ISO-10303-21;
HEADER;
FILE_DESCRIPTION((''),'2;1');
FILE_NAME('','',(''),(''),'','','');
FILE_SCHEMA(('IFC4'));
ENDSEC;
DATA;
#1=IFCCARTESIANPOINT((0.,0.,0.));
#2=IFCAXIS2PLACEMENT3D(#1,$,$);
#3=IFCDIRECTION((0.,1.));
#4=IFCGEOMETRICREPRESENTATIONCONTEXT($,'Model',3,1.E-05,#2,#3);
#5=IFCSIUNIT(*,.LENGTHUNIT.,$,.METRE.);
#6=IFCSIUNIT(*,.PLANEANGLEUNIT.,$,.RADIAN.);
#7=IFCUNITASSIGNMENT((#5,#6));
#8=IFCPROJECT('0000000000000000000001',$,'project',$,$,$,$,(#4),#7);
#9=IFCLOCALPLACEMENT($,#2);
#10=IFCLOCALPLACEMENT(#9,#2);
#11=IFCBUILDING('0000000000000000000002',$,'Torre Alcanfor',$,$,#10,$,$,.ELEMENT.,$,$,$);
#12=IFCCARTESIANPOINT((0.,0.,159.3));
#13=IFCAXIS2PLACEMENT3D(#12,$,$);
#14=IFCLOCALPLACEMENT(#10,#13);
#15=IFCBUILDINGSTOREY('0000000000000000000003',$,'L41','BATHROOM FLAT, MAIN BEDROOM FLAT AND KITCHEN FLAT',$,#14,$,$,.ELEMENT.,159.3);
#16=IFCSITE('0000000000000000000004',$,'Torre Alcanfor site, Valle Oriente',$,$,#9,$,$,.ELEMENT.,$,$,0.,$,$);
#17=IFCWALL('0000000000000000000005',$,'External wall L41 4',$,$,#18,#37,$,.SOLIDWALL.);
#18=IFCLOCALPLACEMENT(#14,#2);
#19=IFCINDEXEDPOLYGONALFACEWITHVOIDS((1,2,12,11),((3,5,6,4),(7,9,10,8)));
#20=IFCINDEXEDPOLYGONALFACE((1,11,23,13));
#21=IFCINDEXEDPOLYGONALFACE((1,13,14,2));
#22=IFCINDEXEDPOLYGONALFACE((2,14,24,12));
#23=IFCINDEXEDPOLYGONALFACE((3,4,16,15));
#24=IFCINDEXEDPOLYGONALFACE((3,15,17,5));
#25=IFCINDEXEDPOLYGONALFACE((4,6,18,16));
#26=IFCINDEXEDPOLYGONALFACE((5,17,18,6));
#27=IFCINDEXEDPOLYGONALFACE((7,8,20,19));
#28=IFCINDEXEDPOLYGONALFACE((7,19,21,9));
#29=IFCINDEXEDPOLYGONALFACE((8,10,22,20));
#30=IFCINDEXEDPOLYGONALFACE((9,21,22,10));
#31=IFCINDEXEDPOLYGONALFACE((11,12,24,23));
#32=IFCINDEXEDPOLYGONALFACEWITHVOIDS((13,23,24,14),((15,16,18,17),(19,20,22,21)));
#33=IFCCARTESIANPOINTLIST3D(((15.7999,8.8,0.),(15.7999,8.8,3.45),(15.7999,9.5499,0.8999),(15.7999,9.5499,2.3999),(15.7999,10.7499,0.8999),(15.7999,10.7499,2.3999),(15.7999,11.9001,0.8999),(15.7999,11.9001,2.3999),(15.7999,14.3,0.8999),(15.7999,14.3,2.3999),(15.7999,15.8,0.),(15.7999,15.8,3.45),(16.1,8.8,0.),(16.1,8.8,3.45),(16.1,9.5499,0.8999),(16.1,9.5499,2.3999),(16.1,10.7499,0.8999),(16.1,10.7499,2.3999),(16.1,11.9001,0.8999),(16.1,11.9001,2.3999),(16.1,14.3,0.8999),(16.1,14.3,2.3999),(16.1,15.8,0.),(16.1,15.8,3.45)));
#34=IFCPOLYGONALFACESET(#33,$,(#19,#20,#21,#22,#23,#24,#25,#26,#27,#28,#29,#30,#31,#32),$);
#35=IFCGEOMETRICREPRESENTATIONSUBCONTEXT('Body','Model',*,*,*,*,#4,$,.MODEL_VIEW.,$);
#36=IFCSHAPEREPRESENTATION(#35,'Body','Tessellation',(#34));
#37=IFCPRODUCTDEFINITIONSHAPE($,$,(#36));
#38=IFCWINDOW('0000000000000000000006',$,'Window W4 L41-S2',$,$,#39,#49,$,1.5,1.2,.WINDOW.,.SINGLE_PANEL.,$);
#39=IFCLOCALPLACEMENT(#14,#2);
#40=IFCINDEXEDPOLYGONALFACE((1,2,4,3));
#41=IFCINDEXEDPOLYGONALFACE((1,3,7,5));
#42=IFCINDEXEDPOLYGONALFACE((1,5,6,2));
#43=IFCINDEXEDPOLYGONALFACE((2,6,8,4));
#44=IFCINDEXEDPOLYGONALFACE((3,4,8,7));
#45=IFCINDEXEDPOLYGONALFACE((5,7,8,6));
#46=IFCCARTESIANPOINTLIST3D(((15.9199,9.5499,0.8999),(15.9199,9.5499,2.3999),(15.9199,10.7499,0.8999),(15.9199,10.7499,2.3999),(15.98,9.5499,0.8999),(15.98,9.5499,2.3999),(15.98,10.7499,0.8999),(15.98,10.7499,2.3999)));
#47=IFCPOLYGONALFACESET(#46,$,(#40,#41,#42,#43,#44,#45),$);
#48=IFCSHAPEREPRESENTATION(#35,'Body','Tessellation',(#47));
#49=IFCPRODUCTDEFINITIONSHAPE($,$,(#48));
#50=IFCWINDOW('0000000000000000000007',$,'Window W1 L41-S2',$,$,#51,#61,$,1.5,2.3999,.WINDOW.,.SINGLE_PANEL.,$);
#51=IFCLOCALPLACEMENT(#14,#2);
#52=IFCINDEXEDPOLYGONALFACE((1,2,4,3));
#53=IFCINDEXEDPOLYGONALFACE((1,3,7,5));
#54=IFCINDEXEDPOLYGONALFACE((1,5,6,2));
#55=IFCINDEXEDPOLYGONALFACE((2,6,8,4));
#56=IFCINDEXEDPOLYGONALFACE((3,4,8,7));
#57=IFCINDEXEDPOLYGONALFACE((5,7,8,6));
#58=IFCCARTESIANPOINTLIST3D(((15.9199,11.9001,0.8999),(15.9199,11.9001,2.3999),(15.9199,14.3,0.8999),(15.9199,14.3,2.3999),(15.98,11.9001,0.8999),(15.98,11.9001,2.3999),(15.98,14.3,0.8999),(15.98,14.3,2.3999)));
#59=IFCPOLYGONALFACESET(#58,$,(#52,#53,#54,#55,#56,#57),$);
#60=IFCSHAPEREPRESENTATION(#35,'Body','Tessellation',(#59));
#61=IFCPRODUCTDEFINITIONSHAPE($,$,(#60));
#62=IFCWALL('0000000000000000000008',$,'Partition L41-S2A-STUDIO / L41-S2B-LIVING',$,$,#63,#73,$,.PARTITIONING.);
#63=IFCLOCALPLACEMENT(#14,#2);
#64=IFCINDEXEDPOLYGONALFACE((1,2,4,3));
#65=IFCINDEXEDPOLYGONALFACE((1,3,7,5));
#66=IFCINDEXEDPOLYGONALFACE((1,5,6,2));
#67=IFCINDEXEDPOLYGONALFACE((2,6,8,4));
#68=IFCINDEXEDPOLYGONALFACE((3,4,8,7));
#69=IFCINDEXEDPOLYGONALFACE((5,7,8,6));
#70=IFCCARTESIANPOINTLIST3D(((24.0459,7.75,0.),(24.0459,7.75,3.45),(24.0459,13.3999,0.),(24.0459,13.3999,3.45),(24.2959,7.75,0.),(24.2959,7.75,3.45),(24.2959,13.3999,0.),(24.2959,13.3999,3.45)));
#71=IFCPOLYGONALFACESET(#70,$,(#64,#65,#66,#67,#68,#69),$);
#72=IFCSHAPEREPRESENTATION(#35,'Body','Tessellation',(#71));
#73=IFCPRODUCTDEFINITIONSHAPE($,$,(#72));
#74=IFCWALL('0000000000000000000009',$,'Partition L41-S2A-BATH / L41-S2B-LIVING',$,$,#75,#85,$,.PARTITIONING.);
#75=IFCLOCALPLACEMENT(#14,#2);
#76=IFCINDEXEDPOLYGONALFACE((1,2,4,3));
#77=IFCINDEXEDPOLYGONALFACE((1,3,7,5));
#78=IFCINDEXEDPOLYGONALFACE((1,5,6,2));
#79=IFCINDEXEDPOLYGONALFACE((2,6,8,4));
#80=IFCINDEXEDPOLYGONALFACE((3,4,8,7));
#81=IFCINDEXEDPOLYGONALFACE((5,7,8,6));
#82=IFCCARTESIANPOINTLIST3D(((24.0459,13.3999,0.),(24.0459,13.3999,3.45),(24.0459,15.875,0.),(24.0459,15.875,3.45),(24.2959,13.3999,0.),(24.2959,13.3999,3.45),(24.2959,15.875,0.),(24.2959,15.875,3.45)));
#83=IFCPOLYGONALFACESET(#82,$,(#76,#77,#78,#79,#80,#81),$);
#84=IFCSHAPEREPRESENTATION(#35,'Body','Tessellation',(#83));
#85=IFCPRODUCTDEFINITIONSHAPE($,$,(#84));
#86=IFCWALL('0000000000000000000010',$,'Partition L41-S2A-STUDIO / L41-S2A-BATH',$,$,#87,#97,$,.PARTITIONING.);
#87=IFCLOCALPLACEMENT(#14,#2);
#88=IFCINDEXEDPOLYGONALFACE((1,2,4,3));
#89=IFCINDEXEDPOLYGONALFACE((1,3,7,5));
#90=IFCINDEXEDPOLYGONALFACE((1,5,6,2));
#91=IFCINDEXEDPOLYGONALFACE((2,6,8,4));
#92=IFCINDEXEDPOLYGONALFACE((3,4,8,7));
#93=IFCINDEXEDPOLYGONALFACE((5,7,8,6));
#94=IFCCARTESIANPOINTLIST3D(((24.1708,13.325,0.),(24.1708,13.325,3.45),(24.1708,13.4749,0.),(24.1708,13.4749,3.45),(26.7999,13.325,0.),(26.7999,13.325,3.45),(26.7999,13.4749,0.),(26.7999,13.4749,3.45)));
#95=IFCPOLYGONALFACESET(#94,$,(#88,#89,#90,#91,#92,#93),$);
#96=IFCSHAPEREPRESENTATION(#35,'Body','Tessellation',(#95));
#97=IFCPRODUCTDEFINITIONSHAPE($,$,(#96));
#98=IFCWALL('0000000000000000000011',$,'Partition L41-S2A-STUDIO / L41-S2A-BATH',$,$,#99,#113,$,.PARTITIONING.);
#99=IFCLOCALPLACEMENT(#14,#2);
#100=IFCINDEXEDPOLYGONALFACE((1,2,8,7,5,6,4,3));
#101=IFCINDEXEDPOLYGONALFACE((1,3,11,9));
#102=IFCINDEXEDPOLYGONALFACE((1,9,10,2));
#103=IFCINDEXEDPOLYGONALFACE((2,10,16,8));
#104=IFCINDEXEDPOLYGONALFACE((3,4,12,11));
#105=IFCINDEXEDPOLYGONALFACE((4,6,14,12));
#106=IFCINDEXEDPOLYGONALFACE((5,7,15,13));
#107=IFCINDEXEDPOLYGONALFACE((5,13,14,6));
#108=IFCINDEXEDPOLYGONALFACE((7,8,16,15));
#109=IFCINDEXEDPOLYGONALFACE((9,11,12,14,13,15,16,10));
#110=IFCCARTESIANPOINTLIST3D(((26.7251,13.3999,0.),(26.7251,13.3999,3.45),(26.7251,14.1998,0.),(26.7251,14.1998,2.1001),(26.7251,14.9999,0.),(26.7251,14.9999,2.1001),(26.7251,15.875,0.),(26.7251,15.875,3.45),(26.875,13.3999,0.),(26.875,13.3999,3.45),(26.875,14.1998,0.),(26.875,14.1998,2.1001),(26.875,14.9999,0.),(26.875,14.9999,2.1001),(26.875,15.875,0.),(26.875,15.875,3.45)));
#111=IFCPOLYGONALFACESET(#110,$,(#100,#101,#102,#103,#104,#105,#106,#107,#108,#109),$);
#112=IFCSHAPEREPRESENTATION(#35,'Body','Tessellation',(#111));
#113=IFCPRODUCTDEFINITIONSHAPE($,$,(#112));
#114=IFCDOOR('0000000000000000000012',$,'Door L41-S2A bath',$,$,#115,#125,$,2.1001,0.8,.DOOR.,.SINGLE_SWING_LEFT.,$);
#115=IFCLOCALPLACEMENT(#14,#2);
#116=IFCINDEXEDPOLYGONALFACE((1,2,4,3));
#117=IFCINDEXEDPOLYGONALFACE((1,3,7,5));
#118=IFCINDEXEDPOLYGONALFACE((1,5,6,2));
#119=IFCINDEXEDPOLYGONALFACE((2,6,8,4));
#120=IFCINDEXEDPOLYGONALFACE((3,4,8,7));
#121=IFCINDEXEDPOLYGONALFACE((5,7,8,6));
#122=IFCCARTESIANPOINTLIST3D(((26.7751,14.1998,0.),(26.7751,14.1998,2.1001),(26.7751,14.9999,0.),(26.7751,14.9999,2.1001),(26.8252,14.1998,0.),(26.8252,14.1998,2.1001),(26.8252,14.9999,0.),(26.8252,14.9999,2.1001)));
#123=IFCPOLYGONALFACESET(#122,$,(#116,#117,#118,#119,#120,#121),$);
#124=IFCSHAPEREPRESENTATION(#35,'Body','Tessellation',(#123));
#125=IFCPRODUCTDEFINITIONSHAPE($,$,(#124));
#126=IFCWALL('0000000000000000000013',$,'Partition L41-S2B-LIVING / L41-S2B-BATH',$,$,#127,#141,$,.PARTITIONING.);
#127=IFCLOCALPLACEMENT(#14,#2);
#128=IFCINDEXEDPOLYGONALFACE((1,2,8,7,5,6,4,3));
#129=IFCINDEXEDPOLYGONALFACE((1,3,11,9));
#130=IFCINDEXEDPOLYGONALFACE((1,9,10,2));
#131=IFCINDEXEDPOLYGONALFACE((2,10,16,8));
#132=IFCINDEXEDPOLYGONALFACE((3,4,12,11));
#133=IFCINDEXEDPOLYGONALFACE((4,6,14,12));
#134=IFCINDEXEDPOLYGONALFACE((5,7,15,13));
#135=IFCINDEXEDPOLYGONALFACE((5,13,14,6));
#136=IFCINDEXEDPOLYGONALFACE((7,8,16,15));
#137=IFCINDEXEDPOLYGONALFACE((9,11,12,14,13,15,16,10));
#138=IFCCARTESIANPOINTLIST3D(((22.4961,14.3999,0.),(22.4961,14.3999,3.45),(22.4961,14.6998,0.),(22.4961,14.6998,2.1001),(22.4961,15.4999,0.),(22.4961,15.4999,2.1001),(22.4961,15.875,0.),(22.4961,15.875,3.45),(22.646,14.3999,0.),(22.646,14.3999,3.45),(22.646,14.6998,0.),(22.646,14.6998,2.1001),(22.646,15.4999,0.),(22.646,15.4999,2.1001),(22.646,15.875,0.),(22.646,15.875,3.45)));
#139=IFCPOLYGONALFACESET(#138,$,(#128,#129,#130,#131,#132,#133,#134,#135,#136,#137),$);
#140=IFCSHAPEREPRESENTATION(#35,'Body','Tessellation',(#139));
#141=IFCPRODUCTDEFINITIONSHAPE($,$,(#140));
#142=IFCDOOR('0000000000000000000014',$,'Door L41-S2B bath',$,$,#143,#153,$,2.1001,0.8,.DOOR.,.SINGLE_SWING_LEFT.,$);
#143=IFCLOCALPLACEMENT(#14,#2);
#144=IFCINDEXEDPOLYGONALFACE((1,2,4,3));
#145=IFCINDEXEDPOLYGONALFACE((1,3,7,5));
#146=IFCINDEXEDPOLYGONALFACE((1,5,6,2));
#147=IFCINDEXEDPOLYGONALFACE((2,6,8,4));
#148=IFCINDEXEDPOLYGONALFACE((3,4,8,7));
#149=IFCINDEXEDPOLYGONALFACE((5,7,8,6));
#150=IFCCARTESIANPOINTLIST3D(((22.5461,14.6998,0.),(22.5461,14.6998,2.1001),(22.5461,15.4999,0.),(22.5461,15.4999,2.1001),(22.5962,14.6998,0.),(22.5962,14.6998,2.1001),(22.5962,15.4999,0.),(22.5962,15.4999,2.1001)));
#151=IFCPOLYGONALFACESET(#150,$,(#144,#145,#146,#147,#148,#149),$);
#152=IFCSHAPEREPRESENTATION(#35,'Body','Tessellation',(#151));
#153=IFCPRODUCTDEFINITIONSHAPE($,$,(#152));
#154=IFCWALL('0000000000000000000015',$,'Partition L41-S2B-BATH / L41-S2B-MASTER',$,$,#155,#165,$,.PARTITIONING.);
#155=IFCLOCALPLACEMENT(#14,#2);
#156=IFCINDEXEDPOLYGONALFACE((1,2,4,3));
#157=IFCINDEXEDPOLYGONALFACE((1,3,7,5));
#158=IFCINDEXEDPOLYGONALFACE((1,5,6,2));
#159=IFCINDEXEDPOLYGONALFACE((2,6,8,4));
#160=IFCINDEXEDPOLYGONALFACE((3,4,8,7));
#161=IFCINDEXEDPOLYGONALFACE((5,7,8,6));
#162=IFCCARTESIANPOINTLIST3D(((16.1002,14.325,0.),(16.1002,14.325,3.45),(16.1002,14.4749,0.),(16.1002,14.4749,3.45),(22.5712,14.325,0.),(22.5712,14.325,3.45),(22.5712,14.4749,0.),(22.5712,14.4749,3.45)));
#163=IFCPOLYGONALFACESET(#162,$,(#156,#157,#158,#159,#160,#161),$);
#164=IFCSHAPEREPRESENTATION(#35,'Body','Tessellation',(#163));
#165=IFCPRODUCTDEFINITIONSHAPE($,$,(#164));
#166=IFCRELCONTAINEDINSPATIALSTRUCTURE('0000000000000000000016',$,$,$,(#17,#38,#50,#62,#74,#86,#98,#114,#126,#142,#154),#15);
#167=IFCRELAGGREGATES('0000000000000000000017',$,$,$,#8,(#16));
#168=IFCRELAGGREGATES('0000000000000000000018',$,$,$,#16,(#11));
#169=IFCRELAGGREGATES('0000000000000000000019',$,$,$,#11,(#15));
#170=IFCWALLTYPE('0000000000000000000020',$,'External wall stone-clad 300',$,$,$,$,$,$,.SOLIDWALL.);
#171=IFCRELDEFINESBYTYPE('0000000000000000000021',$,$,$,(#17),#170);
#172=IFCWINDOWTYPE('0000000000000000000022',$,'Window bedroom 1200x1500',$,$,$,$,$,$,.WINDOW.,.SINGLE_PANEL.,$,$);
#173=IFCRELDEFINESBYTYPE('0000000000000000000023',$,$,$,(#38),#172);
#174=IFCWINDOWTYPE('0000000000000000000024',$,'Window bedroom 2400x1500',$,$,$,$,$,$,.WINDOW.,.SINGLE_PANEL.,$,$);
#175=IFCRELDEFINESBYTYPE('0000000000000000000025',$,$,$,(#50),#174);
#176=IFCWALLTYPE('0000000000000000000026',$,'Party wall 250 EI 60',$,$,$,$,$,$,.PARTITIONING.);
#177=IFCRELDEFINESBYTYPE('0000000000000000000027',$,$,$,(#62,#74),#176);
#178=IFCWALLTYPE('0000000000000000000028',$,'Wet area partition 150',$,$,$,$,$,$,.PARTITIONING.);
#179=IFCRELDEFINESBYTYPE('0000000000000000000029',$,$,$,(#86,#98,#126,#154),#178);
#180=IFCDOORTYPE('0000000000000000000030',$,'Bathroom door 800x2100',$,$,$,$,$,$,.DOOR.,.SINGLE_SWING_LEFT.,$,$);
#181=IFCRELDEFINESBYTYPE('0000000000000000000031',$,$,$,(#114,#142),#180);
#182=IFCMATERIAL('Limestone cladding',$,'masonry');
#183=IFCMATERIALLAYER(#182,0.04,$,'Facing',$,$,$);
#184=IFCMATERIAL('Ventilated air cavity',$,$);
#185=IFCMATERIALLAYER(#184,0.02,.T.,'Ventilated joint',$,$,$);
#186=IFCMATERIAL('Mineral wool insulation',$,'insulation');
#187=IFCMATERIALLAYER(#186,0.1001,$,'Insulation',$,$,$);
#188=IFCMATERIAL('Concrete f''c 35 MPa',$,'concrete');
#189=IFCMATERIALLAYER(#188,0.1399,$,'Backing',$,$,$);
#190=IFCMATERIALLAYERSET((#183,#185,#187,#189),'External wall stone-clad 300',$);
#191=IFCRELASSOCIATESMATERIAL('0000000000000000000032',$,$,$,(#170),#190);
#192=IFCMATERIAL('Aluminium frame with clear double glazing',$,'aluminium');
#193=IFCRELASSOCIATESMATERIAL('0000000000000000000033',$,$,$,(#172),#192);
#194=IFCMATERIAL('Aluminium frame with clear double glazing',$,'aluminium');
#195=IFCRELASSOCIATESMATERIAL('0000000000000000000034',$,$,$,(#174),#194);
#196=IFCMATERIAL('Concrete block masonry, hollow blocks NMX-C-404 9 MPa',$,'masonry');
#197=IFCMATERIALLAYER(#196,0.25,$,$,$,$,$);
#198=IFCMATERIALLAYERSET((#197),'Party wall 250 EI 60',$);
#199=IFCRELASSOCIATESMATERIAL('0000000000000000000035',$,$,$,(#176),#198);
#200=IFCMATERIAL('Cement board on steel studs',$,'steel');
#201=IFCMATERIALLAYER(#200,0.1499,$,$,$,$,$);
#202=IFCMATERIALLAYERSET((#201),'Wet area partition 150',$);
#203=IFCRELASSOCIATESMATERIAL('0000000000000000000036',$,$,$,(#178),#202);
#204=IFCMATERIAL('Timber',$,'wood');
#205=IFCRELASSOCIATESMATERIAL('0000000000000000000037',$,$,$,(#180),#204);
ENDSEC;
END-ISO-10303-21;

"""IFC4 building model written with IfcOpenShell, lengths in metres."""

from ifc_helpers import new_model, si_unit, direction, frame, frame_2d, origin, place, context, subcontext, project, spatial, rectangle, extrude, material, layer, layer_set, type_object, element, fill, save


model = new_model("IFC4")

# Units and contexts
model_context = context("Model", 3, precision=1e-05, world=origin(), true_north=direction((0.0, 1.0)))
body_context = subcontext(model_context, "Body", "Model", "MODEL_VIEW")
ifc_project = project(units=[si_unit("LENGTHUNIT", "METRE"), si_unit("PLANEANGLEUNIT", "RADIAN")], contexts=[model_context])

# Site, building, storey
site_placement = place(None, origin())
site = spatial("IfcSite", under=ifc_project, at=site_placement, Name="Torre Alcanfor site, Valle Oriente", CompositionType="ELEMENT", RefElevation=0.0)
building_placement = place(site_placement, origin())
building = spatial("IfcBuilding", under=site, at=building_placement, Name="Torre Alcanfor", CompositionType="ELEMENT")
storey_placement = place(building_placement, frame((0.0, 0.0, 159.3)))
storey = spatial("IfcBuildingStorey", under=building, at=storey_placement, Name="L41", Description="BATHROOM FLAT, MAIN BEDROOM FLAT AND KITCHEN FLAT", CompositionType="ELEMENT", Elevation=159.3)

# Wall, openings, windows
ifc_material_1 = material(Name="Limestone cladding", Category="masonry")
ifc_layer_1 = layer(ifc_material_1, 0.04, Name="Facing")
ifc_material_2 = material(Name="Ventilated air cavity")
ifc_layer_2 = layer(ifc_material_2, 0.02, ventilated=True, Name="Ventilated joint")
ifc_material_3 = material(Name="Mineral wool insulation", Category="insulation")
ifc_layer_3 = layer(ifc_material_3, 0.1001, Name="Insulation")
ifc_material_4 = material(Name="Concrete f'c 35 MPa", Category="concrete")
ifc_layer_4 = layer(ifc_material_4, 0.1399, Name="Backing")
ifc_layer_set_1 = layer_set([ifc_layer_1, ifc_layer_2, ifc_layer_3, ifc_layer_4], Name="External wall stone-clad 300")
wall_type_1 = type_object("IfcWallType", Name="External wall stone-clad 300", PredefinedType="SOLIDWALL", material=ifc_layer_set_1)
wall_1_placement = place(storey_placement, frame((15.95, 15.8, 0.0), z_axis=(0.0, 0.0, 1.0), x_axis=(0.0, -1.0, 0.0)))
wall_1 = element("IfcWall", 1, at=wall_1_placement, inside=storey, type_object=wall_type_1, Name="External wall L41 4", PredefinedType="SOLIDWALL", context=body_context, shape_type="SweptSolid", body=[
    extrude(rectangle(XDim=7.0, YDim=0.3, at=frame_2d((3.5, 0.0))), origin(), (0.0, 0.0, 1.0), 3.45),
])
opening_1_placement = place(wall_1_placement, frame((1.5, 0.0, 0.8999)))
opening_1 = element("IfcOpeningElement", 2, at=opening_1_placement, cuts=wall_1, PredefinedType="OPENING", context=body_context, shape_type="SweptSolid", body=[
    extrude(rectangle(XDim=2.3999, YDim=1.5, at=frame_2d((1.2, 0.75))), frame((0.0, 0.1599, 0.0), z_axis=(0.0, -1.0, 0.0), x_axis=(1.0, 0.0, 0.0)), (0.0, 0.0, 1.0), 0.3201),
])
opening_2_placement = place(wall_1_placement, frame((5.05, 0.0, 0.8999)))
opening_2 = element("IfcOpeningElement", 3, at=opening_2_placement, cuts=wall_1, PredefinedType="OPENING", context=body_context, shape_type="SweptSolid", body=[
    extrude(rectangle(XDim=1.2, YDim=1.5, at=frame_2d((0.6001, 0.75))), frame((0.0, 0.1599, 0.0), z_axis=(0.0, -1.0, 0.0), x_axis=(1.0, 0.0, 0.0)), (0.0, 0.0, 1.0), 0.3201),
])
ifc_material_5 = material(Name="Aluminium frame with clear double glazing", Category="aluminium")
window_type_1 = type_object("IfcWindowType", Name="Window bedroom 1200x1500", PartitioningType="SINGLE_PANEL", PredefinedType="WINDOW", material=ifc_material_5)
window_1_placement = place(opening_2_placement, origin())
window_1 = element("IfcWindow", 4, at=window_1_placement, inside=storey, type_object=window_type_1, Name="Window W4 L41-S2", OverallHeight=1.5, OverallWidth=1.2, PartitioningType="SINGLE_PANEL", PredefinedType="WINDOW", context=body_context, shape_type="SweptSolid", body=[
    extrude(rectangle(XDim=1.2, YDim=1.5, at=frame_2d((0.6001, 0.75))), frame((0.0, 0.03, 0.0), z_axis=(0.0, -1.0, 0.0), x_axis=(1.0, 0.0, 0.0)), (0.0, 0.0, 1.0), 0.0601),
])
fill(opening_2, window_1)
ifc_material_6 = material(Name="Aluminium frame with clear double glazing", Category="aluminium")
window_type_2 = type_object("IfcWindowType", Name="Window bedroom 2400x1500", PartitioningType="SINGLE_PANEL", PredefinedType="WINDOW", material=ifc_material_6)
window_2_placement = place(opening_1_placement, origin())
window_2 = element("IfcWindow", 5, at=window_2_placement, inside=storey, type_object=window_type_2, Name="Window W1 L41-S2", OverallHeight=1.5, OverallWidth=2.3999, PartitioningType="SINGLE_PANEL", PredefinedType="WINDOW", context=body_context, shape_type="SweptSolid", body=[
    extrude(rectangle(XDim=2.3999, YDim=1.5, at=frame_2d((1.2, 0.75))), frame((0.0, 0.03, 0.0), z_axis=(0.0, -1.0, 0.0), x_axis=(1.0, 0.0, 0.0)), (0.0, 0.0, 1.0), 0.0601),
])
fill(opening_1, window_2)

# Walls
ifc_material_7 = material(Name="Concrete block masonry, hollow blocks NMX-C-404 9 MPa", Category="masonry")
ifc_layer_5 = layer(ifc_material_7, 0.25)
ifc_layer_set_2 = layer_set([ifc_layer_5], Name="Party wall 250 EI 60")
wall_type_2 = type_object("IfcWallType", Name="Party wall 250 EI 60", PredefinedType="PARTITIONING", material=ifc_layer_set_2)
wall_2_placement = place(storey_placement, frame((24.1709, 7.75, 0.0), z_axis=(0.0, 0.0, 1.0), x_axis=(0.0, 1.0, 0.0)))
element("IfcWall", 6, at=wall_2_placement, inside=storey, type_object=wall_type_2, Name="Partition L41-S2A-STUDIO / L41-S2B-LIVING", PredefinedType="PARTITIONING", context=body_context, shape_type="SweptSolid", body=[
    extrude(rectangle(XDim=5.6499, YDim=0.25, at=frame_2d((2.825, 0.0))), origin(), (0.0, 0.0, 1.0), 3.45),
])
wall_3_placement = place(storey_placement, frame((24.1709, 13.3999, 0.0), z_axis=(0.0, 0.0, 1.0), x_axis=(0.0, 1.0, 0.0)))
element("IfcWall", 7, at=wall_3_placement, inside=storey, type_object=wall_type_2, Name="Partition L41-S2A-BATH / L41-S2B-LIVING", PredefinedType="PARTITIONING", context=body_context, shape_type="SweptSolid", body=[
    extrude(rectangle(XDim=2.4751, YDim=0.25, at=frame_2d((1.2375, 0.0))), origin(), (0.0, 0.0, 1.0), 3.45),
])
ifc_material_8 = material(Name="Cement board on steel studs", Category="steel")
ifc_layer_6 = layer(ifc_material_8, 0.1499)
ifc_layer_set_3 = layer_set([ifc_layer_6], Name="Wet area partition 150")
wall_type_3 = type_object("IfcWallType", Name="Wet area partition 150", PredefinedType="PARTITIONING", material=ifc_layer_set_3)
wall_4_placement = place(storey_placement, frame((24.1709, 13.3999, 0.0), z_axis=(0.0, 0.0, 1.0), x_axis=(1.0, 0.0, 0.0)))
element("IfcWall", 8, at=wall_4_placement, inside=storey, type_object=wall_type_3, Name="Partition L41-S2A-STUDIO / L41-S2A-BATH", PredefinedType="PARTITIONING", context=body_context, shape_type="SweptSolid", body=[
    extrude(rectangle(XDim=2.6292, YDim=0.1499, at=frame_2d((1.3145, 0.0))), origin(), (0.0, 0.0, 1.0), 3.45),
])

# Walls, openings, doors
wall_5_placement = place(storey_placement, frame((26.8, 13.3999, 0.0), z_axis=(0.0, 0.0, 1.0), x_axis=(0.0, 1.0, 0.0)))
wall_5 = element("IfcWall", 9, at=wall_5_placement, inside=storey, type_object=wall_type_3, Name="Partition L41-S2A-STUDIO / L41-S2A-BATH", PredefinedType="PARTITIONING", context=body_context, shape_type="SweptSolid", body=[
    extrude(rectangle(XDim=2.4751, YDim=0.1499, at=frame_2d((1.2375, 0.0))), origin(), (0.0, 0.0, 1.0), 3.45),
])
opening_3_placement = place(wall_5_placement, frame((0.8, 0.0, 0.0)))
opening_3 = element("IfcOpeningElement", 10, at=opening_3_placement, cuts=wall_5, PredefinedType="OPENING", context=body_context, shape_type="SweptSolid", body=[
    extrude(rectangle(XDim=0.8, YDim=2.1001, at=frame_2d((0.3999, 1.05))), frame((0.0, 0.085, 0.0), z_axis=(0.0, -1.0, 0.0), x_axis=(1.0, 0.0, 0.0)), (0.0, 0.0, 1.0), 0.1699),
])
ifc_material_9 = material(Name="Timber", Category="wood")
door_type_1 = type_object("IfcDoorType", Name="Bathroom door 800x2100", OperationType="SINGLE_SWING_LEFT", PredefinedType="DOOR", material=ifc_material_9)
door_1_placement = place(opening_3_placement, origin())
door_1 = element("IfcDoor", 11, at=door_1_placement, inside=storey, type_object=door_type_1, Name="Door L41-S2A bath", OperationType="SINGLE_SWING_LEFT", OverallHeight=2.1001, OverallWidth=0.8, PredefinedType="DOOR", context=body_context, shape_type="SweptSolid", body=[
    extrude(rectangle(XDim=0.8, YDim=2.1001, at=frame_2d((0.3999, 1.05))), frame((0.0, 0.0249, 0.0), z_axis=(0.0, -1.0, 0.0), x_axis=(1.0, 0.0, 0.0)), (0.0, 0.0, 1.0), 0.05),
])
fill(opening_3, door_1)
wall_6_placement = place(storey_placement, frame((22.571, 14.3999, 0.0), z_axis=(0.0, 0.0, 1.0), x_axis=(0.0, 1.0, 0.0)))
wall_6 = element("IfcWall", 12, at=wall_6_placement, inside=storey, type_object=wall_type_3, Name="Partition L41-S2B-LIVING / L41-S2B-BATH", PredefinedType="PARTITIONING", context=body_context, shape_type="SweptSolid", body=[
    extrude(rectangle(XDim=1.4751, YDim=0.1499, at=frame_2d((0.7375, 0.0))), origin(), (0.0, 0.0, 1.0), 3.45),
])
opening_4_placement = place(wall_6_placement, frame((0.3, 0.0, 0.0)))
opening_4 = element("IfcOpeningElement", 13, at=opening_4_placement, cuts=wall_6, PredefinedType="OPENING", context=body_context, shape_type="SweptSolid", body=[
    extrude(rectangle(XDim=0.8, YDim=2.1001, at=frame_2d((0.3999, 1.05))), frame((0.0, 0.085, 0.0), z_axis=(0.0, -1.0, 0.0), x_axis=(1.0, 0.0, 0.0)), (0.0, 0.0, 1.0), 0.1699),
])
door_2_placement = place(opening_4_placement, origin())
door_2 = element("IfcDoor", 14, at=door_2_placement, inside=storey, type_object=door_type_1, Name="Door L41-S2B bath", OperationType="SINGLE_SWING_LEFT", OverallHeight=2.1001, OverallWidth=0.8, PredefinedType="DOOR", context=body_context, shape_type="SweptSolid", body=[
    extrude(rectangle(XDim=0.8, YDim=2.1001, at=frame_2d((0.3999, 1.05))), frame((0.0, 0.0249, 0.0), z_axis=(0.0, -1.0, 0.0), x_axis=(1.0, 0.0, 0.0)), (0.0, 0.0, 1.0), 0.05),
])
fill(opening_4, door_2)

# Wall
wall_7_placement = place(storey_placement, frame((22.571, 14.3999, 0.0), z_axis=(0.0, 0.0, 1.0), x_axis=(-1.0, 0.0, 0.0)))
element("IfcWall", 15, at=wall_7_placement, inside=storey, type_object=wall_type_3, Name="Partition L41-S2B-BATH / L41-S2B-MASTER", PredefinedType="PARTITIONING", context=body_context, shape_type="SweptSolid", body=[
    extrude(rectangle(XDim=6.4709, YDim=0.1499, at=frame_2d((3.2354, 0.0))), origin(), (0.0, 0.0, 1.0), 3.45),
])

save(model, "model.ifc")
